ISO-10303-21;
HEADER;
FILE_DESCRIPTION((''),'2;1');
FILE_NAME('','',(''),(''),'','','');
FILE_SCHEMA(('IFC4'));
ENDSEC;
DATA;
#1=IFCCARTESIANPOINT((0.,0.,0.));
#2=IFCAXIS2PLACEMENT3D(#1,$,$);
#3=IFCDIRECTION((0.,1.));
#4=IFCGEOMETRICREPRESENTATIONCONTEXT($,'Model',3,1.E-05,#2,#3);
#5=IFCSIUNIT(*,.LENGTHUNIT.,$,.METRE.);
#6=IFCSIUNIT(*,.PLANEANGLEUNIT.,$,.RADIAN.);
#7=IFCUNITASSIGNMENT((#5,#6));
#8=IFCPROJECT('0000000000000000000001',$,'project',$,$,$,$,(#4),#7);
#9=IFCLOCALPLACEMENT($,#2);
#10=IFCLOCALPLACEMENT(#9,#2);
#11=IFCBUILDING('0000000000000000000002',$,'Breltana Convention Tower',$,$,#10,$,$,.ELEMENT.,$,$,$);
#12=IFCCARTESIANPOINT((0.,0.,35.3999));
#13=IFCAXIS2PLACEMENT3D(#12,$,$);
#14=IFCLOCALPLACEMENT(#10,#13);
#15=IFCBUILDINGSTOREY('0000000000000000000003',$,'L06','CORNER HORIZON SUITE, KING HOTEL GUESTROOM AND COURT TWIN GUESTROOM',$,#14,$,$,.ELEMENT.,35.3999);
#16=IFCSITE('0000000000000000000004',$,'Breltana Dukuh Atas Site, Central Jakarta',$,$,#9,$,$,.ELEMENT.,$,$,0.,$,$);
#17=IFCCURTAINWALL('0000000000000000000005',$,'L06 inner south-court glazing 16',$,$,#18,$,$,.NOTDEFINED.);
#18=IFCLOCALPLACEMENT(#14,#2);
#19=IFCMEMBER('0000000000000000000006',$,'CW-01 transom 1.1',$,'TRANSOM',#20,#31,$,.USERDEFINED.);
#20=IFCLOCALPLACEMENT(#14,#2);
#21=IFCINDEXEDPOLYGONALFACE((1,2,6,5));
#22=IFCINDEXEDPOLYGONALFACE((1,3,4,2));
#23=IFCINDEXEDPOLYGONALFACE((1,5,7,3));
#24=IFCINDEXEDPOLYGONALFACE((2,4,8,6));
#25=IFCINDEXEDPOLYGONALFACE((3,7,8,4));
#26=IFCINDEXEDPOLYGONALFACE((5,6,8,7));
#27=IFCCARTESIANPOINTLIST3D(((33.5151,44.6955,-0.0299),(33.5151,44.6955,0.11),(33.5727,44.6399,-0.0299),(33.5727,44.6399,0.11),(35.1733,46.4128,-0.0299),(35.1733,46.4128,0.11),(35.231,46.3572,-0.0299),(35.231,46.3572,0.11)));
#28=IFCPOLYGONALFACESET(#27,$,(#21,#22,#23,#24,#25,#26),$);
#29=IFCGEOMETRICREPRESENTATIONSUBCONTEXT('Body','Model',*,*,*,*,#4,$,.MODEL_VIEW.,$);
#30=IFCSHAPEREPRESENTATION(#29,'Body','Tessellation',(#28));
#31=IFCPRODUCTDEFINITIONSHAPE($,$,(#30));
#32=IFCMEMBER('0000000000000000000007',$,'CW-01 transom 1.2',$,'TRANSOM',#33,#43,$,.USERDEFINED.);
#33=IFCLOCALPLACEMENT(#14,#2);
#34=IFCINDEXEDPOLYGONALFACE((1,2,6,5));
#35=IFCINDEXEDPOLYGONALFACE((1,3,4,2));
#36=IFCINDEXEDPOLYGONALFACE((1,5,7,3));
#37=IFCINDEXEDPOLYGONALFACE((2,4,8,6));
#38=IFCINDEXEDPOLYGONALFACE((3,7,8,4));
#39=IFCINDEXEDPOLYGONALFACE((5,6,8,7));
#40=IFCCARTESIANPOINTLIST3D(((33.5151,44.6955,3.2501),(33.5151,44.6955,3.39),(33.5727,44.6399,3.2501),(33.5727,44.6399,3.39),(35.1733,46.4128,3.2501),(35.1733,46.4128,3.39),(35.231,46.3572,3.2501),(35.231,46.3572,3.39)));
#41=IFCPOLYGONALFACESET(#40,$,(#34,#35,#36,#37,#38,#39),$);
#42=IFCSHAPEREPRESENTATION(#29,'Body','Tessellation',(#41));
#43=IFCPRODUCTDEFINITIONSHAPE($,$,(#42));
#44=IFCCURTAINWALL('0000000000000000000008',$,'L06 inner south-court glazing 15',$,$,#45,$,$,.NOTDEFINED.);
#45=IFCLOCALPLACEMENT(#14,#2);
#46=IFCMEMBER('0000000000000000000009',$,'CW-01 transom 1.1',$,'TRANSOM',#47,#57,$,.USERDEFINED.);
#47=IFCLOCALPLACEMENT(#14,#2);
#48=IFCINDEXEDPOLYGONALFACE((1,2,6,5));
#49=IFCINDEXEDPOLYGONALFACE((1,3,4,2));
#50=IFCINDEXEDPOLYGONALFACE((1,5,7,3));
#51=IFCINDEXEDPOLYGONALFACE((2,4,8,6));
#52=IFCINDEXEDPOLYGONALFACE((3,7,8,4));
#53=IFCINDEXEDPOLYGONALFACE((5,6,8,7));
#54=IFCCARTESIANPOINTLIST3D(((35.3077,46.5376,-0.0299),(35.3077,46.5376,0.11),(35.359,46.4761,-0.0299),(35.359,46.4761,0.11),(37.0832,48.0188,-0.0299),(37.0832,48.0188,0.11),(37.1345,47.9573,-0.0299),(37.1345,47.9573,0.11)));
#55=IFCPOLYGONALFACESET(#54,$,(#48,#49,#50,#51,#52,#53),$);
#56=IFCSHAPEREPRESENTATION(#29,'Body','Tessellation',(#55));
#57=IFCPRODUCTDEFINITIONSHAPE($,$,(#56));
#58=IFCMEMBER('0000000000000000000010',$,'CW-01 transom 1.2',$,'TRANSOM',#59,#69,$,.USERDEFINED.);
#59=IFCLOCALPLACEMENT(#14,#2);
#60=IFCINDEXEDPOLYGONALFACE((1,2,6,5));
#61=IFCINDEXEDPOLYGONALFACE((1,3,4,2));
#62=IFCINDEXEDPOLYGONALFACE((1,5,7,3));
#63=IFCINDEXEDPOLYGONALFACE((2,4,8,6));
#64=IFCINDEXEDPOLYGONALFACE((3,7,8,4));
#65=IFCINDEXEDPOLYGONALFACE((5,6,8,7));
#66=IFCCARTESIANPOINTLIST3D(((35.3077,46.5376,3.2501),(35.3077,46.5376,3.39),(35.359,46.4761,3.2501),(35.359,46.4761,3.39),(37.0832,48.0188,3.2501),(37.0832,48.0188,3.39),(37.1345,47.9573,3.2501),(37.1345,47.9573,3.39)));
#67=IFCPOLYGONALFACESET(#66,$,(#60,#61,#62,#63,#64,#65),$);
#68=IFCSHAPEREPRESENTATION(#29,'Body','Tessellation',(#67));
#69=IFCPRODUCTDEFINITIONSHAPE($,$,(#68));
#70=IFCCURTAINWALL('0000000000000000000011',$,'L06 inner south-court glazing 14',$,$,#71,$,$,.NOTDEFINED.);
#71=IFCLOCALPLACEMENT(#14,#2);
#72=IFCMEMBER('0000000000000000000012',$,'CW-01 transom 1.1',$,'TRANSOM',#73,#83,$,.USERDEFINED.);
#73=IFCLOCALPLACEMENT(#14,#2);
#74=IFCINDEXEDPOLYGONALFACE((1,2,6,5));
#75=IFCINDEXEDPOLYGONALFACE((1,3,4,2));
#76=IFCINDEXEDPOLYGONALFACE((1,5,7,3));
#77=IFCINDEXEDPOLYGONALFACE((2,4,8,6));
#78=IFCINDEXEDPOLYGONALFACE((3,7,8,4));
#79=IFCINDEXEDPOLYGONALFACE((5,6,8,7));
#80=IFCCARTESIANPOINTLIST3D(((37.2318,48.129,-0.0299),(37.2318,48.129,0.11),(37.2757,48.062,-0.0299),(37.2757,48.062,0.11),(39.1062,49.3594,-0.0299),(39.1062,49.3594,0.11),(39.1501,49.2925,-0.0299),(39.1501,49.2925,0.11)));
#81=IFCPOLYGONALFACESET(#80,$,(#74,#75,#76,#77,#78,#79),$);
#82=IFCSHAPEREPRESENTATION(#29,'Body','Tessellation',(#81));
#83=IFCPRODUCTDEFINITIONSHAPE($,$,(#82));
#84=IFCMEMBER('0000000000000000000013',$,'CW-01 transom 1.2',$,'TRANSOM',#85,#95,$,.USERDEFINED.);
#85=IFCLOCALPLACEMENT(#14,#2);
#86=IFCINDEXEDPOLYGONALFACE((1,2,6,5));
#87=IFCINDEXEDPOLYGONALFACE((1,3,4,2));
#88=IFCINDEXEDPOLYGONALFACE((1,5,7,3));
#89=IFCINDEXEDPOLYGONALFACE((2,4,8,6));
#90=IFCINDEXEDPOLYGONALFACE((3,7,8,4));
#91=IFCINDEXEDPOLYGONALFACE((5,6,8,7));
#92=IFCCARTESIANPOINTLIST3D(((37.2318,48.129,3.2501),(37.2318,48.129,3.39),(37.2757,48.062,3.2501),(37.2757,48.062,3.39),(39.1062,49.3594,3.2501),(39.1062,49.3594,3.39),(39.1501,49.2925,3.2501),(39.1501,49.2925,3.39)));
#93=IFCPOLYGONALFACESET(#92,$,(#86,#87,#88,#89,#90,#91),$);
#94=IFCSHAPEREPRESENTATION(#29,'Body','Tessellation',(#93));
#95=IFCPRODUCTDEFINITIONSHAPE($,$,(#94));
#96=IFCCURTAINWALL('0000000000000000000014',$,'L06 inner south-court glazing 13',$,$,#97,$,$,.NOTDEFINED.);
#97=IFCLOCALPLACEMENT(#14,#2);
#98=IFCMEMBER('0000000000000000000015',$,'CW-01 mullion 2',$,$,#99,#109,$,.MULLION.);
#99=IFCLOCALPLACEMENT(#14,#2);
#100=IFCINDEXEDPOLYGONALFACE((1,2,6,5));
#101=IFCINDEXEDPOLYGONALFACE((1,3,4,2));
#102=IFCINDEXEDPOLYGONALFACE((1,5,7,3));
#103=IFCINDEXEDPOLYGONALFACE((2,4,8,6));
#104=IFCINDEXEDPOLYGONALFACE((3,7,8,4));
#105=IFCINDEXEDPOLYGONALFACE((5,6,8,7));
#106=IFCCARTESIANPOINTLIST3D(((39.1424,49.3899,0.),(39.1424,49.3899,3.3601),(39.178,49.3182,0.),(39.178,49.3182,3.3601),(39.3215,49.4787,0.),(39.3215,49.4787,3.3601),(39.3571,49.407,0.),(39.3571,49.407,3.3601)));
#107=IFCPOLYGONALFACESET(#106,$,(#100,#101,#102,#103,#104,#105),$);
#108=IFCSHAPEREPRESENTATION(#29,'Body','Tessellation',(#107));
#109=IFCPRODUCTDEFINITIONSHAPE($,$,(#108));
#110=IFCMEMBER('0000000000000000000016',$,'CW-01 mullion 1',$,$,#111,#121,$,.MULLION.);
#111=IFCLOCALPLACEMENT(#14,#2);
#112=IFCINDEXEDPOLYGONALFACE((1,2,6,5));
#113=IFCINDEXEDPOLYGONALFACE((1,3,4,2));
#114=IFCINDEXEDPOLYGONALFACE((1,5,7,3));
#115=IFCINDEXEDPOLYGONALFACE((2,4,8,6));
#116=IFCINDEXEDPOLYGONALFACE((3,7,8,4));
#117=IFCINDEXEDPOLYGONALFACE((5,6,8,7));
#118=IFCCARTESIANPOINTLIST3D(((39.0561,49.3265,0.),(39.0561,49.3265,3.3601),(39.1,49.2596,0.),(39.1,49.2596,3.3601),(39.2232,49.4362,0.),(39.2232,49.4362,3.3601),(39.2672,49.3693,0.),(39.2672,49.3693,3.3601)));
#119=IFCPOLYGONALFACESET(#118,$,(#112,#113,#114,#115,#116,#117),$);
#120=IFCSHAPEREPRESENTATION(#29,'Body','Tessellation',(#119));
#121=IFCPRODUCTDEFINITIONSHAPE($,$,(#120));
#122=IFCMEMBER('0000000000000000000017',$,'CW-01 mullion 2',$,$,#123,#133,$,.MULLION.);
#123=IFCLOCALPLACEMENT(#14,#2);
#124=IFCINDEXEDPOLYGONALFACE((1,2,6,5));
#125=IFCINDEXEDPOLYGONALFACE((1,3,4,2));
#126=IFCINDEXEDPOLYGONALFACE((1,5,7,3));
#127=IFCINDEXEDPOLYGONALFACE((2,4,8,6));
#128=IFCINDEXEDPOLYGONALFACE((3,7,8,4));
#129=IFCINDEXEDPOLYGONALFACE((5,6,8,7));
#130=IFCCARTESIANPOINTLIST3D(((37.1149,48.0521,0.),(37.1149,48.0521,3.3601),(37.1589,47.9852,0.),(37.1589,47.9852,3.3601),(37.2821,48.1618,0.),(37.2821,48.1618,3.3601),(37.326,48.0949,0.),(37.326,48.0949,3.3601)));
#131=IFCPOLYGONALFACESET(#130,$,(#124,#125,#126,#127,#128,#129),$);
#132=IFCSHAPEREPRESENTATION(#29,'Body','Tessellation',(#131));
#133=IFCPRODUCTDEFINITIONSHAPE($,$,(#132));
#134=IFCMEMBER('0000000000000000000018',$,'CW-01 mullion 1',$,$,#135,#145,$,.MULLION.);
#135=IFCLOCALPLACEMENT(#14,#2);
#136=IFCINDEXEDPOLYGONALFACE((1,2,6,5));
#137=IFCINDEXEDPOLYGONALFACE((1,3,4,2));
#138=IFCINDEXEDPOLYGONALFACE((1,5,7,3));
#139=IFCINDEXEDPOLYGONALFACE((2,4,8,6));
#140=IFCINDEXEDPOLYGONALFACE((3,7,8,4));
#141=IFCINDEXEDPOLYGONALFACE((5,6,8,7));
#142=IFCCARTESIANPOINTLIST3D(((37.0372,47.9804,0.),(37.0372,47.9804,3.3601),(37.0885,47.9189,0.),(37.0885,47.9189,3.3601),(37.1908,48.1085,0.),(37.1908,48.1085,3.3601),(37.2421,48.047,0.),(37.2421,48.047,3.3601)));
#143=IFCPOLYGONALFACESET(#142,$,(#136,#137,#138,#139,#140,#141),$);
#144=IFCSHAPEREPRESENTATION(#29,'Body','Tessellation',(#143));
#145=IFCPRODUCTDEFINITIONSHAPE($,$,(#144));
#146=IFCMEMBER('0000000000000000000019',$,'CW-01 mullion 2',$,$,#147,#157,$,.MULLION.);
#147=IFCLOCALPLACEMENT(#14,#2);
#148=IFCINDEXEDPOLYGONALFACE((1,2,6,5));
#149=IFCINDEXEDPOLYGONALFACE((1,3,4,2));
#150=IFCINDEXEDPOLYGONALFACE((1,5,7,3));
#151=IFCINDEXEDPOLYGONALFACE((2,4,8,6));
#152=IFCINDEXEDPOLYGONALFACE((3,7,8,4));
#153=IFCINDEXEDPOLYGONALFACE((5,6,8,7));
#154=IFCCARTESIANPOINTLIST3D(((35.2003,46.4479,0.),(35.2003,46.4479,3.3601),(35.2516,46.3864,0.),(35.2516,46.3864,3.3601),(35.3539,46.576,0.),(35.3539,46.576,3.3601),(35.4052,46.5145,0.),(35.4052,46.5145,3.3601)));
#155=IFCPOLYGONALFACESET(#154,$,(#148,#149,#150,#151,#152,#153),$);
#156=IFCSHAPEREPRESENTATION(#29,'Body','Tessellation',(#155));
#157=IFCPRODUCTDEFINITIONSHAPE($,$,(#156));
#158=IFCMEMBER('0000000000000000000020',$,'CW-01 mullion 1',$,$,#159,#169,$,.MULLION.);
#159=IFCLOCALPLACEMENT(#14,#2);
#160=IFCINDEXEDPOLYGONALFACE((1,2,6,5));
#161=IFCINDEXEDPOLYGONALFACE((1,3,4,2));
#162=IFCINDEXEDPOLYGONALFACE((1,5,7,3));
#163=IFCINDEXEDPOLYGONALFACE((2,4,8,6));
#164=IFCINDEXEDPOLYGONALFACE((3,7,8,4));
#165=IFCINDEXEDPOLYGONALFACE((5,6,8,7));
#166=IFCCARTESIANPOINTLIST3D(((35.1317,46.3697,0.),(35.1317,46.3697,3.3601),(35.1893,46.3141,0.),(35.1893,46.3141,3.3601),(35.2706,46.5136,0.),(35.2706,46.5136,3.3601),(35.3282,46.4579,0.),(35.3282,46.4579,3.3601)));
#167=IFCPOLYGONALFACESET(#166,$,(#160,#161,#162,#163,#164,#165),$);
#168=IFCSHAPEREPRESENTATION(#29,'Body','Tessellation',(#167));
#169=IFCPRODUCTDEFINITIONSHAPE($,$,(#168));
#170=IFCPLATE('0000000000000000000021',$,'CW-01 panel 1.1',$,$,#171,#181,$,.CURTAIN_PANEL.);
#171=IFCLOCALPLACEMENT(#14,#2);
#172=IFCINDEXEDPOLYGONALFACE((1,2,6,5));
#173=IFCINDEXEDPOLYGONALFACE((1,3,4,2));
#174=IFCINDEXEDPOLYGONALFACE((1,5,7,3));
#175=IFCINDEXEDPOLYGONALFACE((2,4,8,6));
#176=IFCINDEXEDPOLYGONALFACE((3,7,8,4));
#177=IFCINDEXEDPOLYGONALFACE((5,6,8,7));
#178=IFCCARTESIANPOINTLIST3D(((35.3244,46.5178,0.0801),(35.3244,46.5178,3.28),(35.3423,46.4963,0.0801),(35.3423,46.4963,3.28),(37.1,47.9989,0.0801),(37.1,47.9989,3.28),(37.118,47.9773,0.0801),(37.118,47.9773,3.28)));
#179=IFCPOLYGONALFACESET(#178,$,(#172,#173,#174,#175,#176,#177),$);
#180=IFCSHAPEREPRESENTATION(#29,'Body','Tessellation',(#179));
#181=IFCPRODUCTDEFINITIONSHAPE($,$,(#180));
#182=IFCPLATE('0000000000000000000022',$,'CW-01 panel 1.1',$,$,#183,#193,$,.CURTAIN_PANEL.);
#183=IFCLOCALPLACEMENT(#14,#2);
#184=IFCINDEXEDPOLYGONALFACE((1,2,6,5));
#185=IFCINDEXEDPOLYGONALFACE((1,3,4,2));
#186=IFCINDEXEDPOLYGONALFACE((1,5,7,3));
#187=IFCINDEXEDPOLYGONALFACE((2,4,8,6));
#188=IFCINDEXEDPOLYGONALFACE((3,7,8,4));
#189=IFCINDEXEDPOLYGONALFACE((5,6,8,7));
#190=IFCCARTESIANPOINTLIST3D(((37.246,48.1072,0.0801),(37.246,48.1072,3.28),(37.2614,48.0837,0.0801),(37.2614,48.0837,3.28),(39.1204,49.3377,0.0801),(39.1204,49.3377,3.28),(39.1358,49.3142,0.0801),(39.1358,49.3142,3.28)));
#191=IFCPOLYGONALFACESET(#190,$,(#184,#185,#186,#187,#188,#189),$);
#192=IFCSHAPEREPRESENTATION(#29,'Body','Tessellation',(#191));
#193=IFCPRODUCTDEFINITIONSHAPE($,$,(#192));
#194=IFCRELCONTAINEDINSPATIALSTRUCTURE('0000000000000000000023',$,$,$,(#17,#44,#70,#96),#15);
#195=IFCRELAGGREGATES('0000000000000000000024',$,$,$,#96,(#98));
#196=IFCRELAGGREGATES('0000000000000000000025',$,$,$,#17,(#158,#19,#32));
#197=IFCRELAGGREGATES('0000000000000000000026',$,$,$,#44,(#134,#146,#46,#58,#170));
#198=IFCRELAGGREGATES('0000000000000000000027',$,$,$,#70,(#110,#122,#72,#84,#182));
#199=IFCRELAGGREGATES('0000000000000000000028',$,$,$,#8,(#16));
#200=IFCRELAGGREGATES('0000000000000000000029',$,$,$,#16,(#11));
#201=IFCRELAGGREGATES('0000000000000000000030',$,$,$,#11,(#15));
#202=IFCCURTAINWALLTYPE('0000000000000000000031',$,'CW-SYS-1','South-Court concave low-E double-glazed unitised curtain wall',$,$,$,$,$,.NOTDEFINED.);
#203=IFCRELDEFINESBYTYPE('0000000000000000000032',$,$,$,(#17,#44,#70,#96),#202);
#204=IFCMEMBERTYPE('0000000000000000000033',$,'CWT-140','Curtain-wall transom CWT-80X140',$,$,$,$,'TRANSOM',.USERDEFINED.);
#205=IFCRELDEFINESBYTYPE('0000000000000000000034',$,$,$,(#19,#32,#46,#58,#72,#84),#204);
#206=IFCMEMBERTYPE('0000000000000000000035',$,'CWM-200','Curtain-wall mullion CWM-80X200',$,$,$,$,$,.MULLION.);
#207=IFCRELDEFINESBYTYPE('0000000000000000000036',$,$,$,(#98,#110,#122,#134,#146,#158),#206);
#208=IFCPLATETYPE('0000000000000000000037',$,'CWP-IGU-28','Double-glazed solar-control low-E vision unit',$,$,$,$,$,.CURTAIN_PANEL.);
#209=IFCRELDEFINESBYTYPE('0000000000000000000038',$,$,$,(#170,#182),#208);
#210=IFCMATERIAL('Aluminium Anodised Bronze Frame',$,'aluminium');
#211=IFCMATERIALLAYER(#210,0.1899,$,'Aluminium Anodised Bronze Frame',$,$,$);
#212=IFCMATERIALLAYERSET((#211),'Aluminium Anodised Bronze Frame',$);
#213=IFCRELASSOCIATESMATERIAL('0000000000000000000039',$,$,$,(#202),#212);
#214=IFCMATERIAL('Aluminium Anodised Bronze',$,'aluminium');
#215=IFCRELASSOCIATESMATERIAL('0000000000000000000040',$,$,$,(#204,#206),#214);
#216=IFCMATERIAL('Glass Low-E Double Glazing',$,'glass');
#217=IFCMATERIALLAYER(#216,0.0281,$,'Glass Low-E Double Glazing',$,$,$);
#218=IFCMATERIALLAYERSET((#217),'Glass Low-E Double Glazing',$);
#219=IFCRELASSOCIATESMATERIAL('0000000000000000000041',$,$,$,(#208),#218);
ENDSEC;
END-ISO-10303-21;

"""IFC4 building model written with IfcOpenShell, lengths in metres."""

from ifc_helpers import new_model, si_unit, direction, frame, origin, origin_2d, place, context, subcontext, project, spatial, rectangle, extrude, source, transform, mapped, material, layer, layer_set, material_profile, profile_set, type_object, type_shapes, element, aggregate, save


model = new_model("IFC4")

# Units and contexts
model_context = context("Model", 3, precision=1e-05, world=origin(), true_north=direction((0.0, 1.0)))
body_context = subcontext(model_context, "Body", "Model", "MODEL_VIEW")
ifc_project = project(units=[si_unit("LENGTHUNIT", "METRE"), si_unit("PLANEANGLEUNIT", "RADIAN")], contexts=[model_context])

# Site, building, storey
site_placement = place(None, origin())
site = spatial("IfcSite", under=ifc_project, at=site_placement, Name="Breltana Dukuh Atas Site, Central Jakarta", CompositionType="ELEMENT", RefElevation=0.0)
building_placement = place(site_placement, origin())
building = spatial("IfcBuilding", under=site, at=building_placement, Name="Breltana Convention Tower", CompositionType="ELEMENT")
storey_placement = place(building_placement, frame((0.0, 0.0, 35.3999)))
storey = spatial("IfcBuildingStorey", under=building, at=storey_placement, Name="L06", Description="CORNER HORIZON SUITE, KING HOTEL GUESTROOM AND COURT TWIN GUESTROOM", CompositionType="ELEMENT", Elevation=35.3999)

# Curtain walls, members
ifc_material_1 = material(Name="Aluminium Anodised Bronze Frame", Category="aluminium")
ifc_layer_1 = layer(ifc_material_1, 0.1899, Name="Aluminium Anodised Bronze Frame")
ifc_layer_set_1 = layer_set([ifc_layer_1], Name="Aluminium Anodised Bronze Frame")
curtain_wall_type = type_object("IfcCurtainWallType", Name="CW-SYS-1", Description="South-Court concave low-E double-glazed unitised curtain wall", PredefinedType="NOTDEFINED", material=ifc_layer_set_1)
curtain_wall_1_placement = place(storey_placement, origin())
curtain_wall_1 = element("IfcCurtainWall", 1, at=curtain_wall_1_placement, inside=storey, type_object=curtain_wall_type, Name="L06 inner south-court glazing 16", PredefinedType="NOTDEFINED")
ifc_material_2 = material(Name="Aluminium Anodised Bronze", Category="aluminium")
ifc_material_profile_1 = material_profile(ifc_material_2, rectangle(XDim=0.0801, YDim=0.1399, at=origin_2d()), Name="CWT-80X140")
ifc_profile_set_1 = profile_set([ifc_material_profile_1], Name="Aluminium Anodised Bronze")
member_type_1 = type_object("IfcMemberType", Name="CWT-140", Description="Curtain-wall transom CWT-80X140", ElementType="TRANSOM", PredefinedType="USERDEFINED", material=ifc_profile_set_1)
shared_shape_1 = source(origin(), body_context, "Body", "SweptSolid", [
    extrude(rectangle(XDim=0.0801, YDim=0.1399, at=origin_2d()), origin(), (0.0, 0.0, 1.0), 2.3872),
])
type_shapes(member_type_1, [shared_shape_1])
member_1_placement = place(storey_placement, frame((35.2021, 46.385, 0.04), z_axis=(-0.694624, -0.719373, 0.0), x_axis=(0.719373, -0.694624, 0.0)))
member_1 = element("IfcMember", 2, at=member_1_placement, type_object=member_type_1, Name="CW-01 transom 1.1", ObjectType="TRANSOM", PredefinedType="USERDEFINED", context=body_context, shape_type="MappedRepresentation", body=[
    mapped(shared_shape_1, transform((0.0, 0.0, 0.0), scale=1.0)),
])
member_2_placement = place(storey_placement, frame((35.2021, 46.385, 3.3201), z_axis=(-0.694624, -0.719373, 0.0), x_axis=(0.719373, -0.694624, 0.0)))
member_2 = element("IfcMember", 3, at=member_2_placement, type_object=member_type_1, Name="CW-01 transom 1.2", ObjectType="TRANSOM", PredefinedType="USERDEFINED", context=body_context, shape_type="MappedRepresentation", body=[
    mapped(shared_shape_1, transform((0.0, 0.0, 0.0), scale=1.0)),
])
curtain_wall_2_placement = place(storey_placement, origin())
curtain_wall_2 = element("IfcCurtainWall", 4, at=curtain_wall_2_placement, inside=storey, type_object=curtain_wall_type, Name="L06 inner south-court glazing 15", PredefinedType="NOTDEFINED")
shared_shape_2 = source(origin(), body_context, "Body", "SweptSolid", [
    extrude(rectangle(XDim=0.0801, YDim=0.1399, at=origin_2d()), origin(), (0.0, 0.0, 1.0), 2.3123),
])
member_3_placement = place(storey_placement, frame((37.1089, 47.988, 0.04), z_axis=(-0.767901, -0.640569, 0.0), x_axis=(0.640569, -0.767901, 0.0)))
member_3 = element("IfcMember", 5, at=member_3_placement, type_object=member_type_1, Name="CW-01 transom 1.1", ObjectType="TRANSOM", PredefinedType="USERDEFINED", context=body_context, shape_type="MappedRepresentation", body=[
    mapped(shared_shape_2, transform((0.0, 0.0, 0.0), scale=1.0)),
])
member_4_placement = place(storey_placement, frame((37.1089, 47.988, 3.3201), z_axis=(-0.767901, -0.640569, 0.0), x_axis=(0.640569, -0.767901, 0.0)))
member_4 = element("IfcMember", 6, at=member_4_placement, type_object=member_type_1, Name="CW-01 transom 1.2", ObjectType="TRANSOM", PredefinedType="USERDEFINED", context=body_context, shape_type="MappedRepresentation", body=[
    mapped(shared_shape_2, transform((0.0, 0.0, 0.0), scale=1.0)),
])
curtain_wall_3_placement = place(storey_placement, origin())
curtain_wall_3 = element("IfcCurtainWall", 7, at=curtain_wall_3_placement, inside=storey, type_object=curtain_wall_type, Name="L06 inner south-court glazing 14", PredefinedType="NOTDEFINED")
shared_shape_3 = source(origin(), body_context, "Body", "SweptSolid", [
    extrude(rectangle(XDim=0.0801, YDim=0.1399, at=origin_2d()), origin(), (0.0, 0.0, 1.0), 2.2422),
])
member_5_placement = place(storey_placement, frame((39.1282, 49.3259, 0.04), z_axis=(-0.835982, -0.548756, 0.0), x_axis=(0.548756, -0.835982, 0.0)))
member_5 = element("IfcMember", 8, at=member_5_placement, type_object=member_type_1, Name="CW-01 transom 1.1", ObjectType="TRANSOM", PredefinedType="USERDEFINED", context=body_context, shape_type="MappedRepresentation", body=[
    mapped(shared_shape_3, transform((0.0, 0.0, 0.0), scale=1.0)),
])
member_6_placement = place(storey_placement, frame((39.1282, 49.3259, 3.3201), z_axis=(-0.835982, -0.548756, 0.0), x_axis=(0.548756, -0.835982, 0.0)))
member_6 = element("IfcMember", 9, at=member_6_placement, type_object=member_type_1, Name="CW-01 transom 1.2", ObjectType="TRANSOM", PredefinedType="USERDEFINED", context=body_context, shape_type="MappedRepresentation", body=[
    mapped(shared_shape_3, transform((0.0, 0.0, 0.0), scale=1.0)),
])

# Curtain wall, member
curtain_wall_4_placement = place(storey_placement, origin())
curtain_wall_4 = element("IfcCurtainWall", 10, at=curtain_wall_4_placement, inside=storey, type_object=curtain_wall_type, Name="L06 inner south-court glazing 13", PredefinedType="NOTDEFINED")
ifc_material_profile_2 = material_profile(ifc_material_2, rectangle(XDim=0.0801, YDim=0.2, at=origin_2d()), Name="CWM-80X200")
ifc_profile_set_2 = profile_set([ifc_material_profile_2], Name="Aluminium Anodised Bronze")
member_type_2 = type_object("IfcMemberType", Name="CWM-200", Description="Curtain-wall mullion CWM-80X200", PredefinedType="MULLION", material=ifc_profile_set_2)
shared_shape_4 = source(origin(), body_context, "Body", "SweptSolid", [
    extrude(rectangle(XDim=0.0801, YDim=0.2, at=origin_2d()), origin(), (0.0, 0.0, 1.0), 3.3601),
])
member_7_placement = place(storey_placement, frame((39.2498, 49.3984, 0.0), z_axis=(0.0, 0.0, 1.0), x_axis=(0.444118, -0.895968, 0.0)))
member_7 = element("IfcMember", 11, at=member_7_placement, type_object=member_type_2, Name="CW-01 mullion 2", PredefinedType="MULLION", context=body_context, shape_type="MappedRepresentation", body=[
    mapped(shared_shape_4, transform((0.0, 0.0, 0.0), scale=1.0)),
])
aggregate(curtain_wall_4, [member_7])

# Members
member_8_placement = place(storey_placement, frame((39.1616, 49.3479, 0.0), z_axis=(0.0, 0.0, 1.0), x_axis=(0.548778, -0.835968, 0.0)))
member_8 = element("IfcMember", 12, at=member_8_placement, type_object=member_type_2, Name="CW-01 mullion 1", PredefinedType="MULLION", context=body_context, shape_type="MappedRepresentation", body=[
    mapped(shared_shape_4, transform((0.0, 0.0, 0.0), scale=1.0)),
])
member_9_placement = place(storey_placement, frame((37.2205, 48.0735, 0.0), z_axis=(0.0, 0.0, 1.0), x_axis=(0.548778, -0.835968, 0.0)))
member_9 = element("IfcMember", 13, at=member_9_placement, type_object=member_type_2, Name="CW-01 mullion 2", PredefinedType="MULLION", context=body_context, shape_type="MappedRepresentation", body=[
    mapped(shared_shape_4, transform((0.0, 0.0, 0.0), scale=1.0)),
])
member_10_placement = place(storey_placement, frame((37.1396, 48.0137, 0.0), z_axis=(0.0, 0.0, 1.0), x_axis=(0.640523, -0.767939, 0.0)))
member_10 = element("IfcMember", 14, at=member_10_placement, type_object=member_type_2, Name="CW-01 mullion 1", PredefinedType="MULLION", context=body_context, shape_type="MappedRepresentation", body=[
    mapped(shared_shape_4, transform((0.0, 0.0, 0.0), scale=1.0)),
])
member_11_placement = place(storey_placement, frame((35.3027, 46.4812, 0.0), z_axis=(0.0, 0.0, 1.0), x_axis=(0.640523, -0.767939, 0.0)))
member_11 = element("IfcMember", 15, at=member_11_placement, type_object=member_type_2, Name="CW-01 mullion 2", PredefinedType="MULLION", context=body_context, shape_type="MappedRepresentation", body=[
    mapped(shared_shape_4, transform((0.0, 0.0, 0.0), scale=1.0)),
])
member_12_placement = place(storey_placement, frame((35.23, 46.4138, 0.0), z_axis=(0.0, 0.0, 1.0), x_axis=(0.719385, -0.694612, 0.0)))
member_12 = element("IfcMember", 16, at=member_12_placement, type_object=member_type_2, Name="CW-01 mullion 1", PredefinedType="MULLION", context=body_context, shape_type="MappedRepresentation", body=[
    mapped(shared_shape_4, transform((0.0, 0.0, 0.0), scale=1.0)),
])
aggregate(curtain_wall_1, [member_12, member_1, member_2])

# Plates
ifc_material_3 = material(Name="Glass Low-E Double Glazing", Category="glass")
ifc_layer_2 = layer(ifc_material_3, 0.0281, Name="Glass Low-E Double Glazing")
ifc_layer_set_2 = layer_set([ifc_layer_2], Name="Glass Low-E Double Glazing")
plate_type = type_object("IfcPlateType", Name="CWP-IGU-28", Description="Double-glazed solar-control low-E vision unit", PredefinedType="CURTAIN_PANEL", material=ifc_layer_set_2)
shared_shape_5 = source(origin(), body_context, "Body", "SweptSolid", [
    extrude(rectangle(XDim=2.3123, YDim=0.0281, at=origin_2d()), origin(), (0.0, 0.0, 1.0), 3.2),
])
plate_1_placement = place(storey_placement, frame((36.2212, 47.2476, 0.0801), z_axis=(0.0, 0.0, 1.0), x_axis=(-0.767939, -0.640523, 0.0)))
plate_1 = element("IfcPlate", 17, at=plate_1_placement, type_object=plate_type, Name="CW-01 panel 1.1", PredefinedType="CURTAIN_PANEL", context=body_context, shape_type="MappedRepresentation", body=[
    mapped(shared_shape_5, transform((0.0, 0.0, 0.0), scale=1.0)),
])
aggregate(curtain_wall_2, [member_10, member_11, member_3, member_4, plate_1])
shared_shape_6 = source(origin(), body_context, "Body", "SweptSolid", [
    extrude(rectangle(XDim=2.2422, YDim=0.0281, at=origin_2d()), origin(), (0.0, 0.0, 1.0), 3.2),
])
plate_2_placement = place(storey_placement, frame((38.1909, 48.7107, 0.0801), z_axis=(0.0, 0.0, 1.0), x_axis=(-0.835968, -0.548778, 0.0)))
plate_2 = element("IfcPlate", 18, at=plate_2_placement, type_object=plate_type, Name="CW-01 panel 1.1", PredefinedType="CURTAIN_PANEL", context=body_context, shape_type="MappedRepresentation", body=[
    mapped(shared_shape_6, transform((0.0, 0.0, 0.0), scale=1.0)),
])
aggregate(curtain_wall_3, [member_8, member_9, member_5, member_6, plate_2])

save(model, "model.ifc")
